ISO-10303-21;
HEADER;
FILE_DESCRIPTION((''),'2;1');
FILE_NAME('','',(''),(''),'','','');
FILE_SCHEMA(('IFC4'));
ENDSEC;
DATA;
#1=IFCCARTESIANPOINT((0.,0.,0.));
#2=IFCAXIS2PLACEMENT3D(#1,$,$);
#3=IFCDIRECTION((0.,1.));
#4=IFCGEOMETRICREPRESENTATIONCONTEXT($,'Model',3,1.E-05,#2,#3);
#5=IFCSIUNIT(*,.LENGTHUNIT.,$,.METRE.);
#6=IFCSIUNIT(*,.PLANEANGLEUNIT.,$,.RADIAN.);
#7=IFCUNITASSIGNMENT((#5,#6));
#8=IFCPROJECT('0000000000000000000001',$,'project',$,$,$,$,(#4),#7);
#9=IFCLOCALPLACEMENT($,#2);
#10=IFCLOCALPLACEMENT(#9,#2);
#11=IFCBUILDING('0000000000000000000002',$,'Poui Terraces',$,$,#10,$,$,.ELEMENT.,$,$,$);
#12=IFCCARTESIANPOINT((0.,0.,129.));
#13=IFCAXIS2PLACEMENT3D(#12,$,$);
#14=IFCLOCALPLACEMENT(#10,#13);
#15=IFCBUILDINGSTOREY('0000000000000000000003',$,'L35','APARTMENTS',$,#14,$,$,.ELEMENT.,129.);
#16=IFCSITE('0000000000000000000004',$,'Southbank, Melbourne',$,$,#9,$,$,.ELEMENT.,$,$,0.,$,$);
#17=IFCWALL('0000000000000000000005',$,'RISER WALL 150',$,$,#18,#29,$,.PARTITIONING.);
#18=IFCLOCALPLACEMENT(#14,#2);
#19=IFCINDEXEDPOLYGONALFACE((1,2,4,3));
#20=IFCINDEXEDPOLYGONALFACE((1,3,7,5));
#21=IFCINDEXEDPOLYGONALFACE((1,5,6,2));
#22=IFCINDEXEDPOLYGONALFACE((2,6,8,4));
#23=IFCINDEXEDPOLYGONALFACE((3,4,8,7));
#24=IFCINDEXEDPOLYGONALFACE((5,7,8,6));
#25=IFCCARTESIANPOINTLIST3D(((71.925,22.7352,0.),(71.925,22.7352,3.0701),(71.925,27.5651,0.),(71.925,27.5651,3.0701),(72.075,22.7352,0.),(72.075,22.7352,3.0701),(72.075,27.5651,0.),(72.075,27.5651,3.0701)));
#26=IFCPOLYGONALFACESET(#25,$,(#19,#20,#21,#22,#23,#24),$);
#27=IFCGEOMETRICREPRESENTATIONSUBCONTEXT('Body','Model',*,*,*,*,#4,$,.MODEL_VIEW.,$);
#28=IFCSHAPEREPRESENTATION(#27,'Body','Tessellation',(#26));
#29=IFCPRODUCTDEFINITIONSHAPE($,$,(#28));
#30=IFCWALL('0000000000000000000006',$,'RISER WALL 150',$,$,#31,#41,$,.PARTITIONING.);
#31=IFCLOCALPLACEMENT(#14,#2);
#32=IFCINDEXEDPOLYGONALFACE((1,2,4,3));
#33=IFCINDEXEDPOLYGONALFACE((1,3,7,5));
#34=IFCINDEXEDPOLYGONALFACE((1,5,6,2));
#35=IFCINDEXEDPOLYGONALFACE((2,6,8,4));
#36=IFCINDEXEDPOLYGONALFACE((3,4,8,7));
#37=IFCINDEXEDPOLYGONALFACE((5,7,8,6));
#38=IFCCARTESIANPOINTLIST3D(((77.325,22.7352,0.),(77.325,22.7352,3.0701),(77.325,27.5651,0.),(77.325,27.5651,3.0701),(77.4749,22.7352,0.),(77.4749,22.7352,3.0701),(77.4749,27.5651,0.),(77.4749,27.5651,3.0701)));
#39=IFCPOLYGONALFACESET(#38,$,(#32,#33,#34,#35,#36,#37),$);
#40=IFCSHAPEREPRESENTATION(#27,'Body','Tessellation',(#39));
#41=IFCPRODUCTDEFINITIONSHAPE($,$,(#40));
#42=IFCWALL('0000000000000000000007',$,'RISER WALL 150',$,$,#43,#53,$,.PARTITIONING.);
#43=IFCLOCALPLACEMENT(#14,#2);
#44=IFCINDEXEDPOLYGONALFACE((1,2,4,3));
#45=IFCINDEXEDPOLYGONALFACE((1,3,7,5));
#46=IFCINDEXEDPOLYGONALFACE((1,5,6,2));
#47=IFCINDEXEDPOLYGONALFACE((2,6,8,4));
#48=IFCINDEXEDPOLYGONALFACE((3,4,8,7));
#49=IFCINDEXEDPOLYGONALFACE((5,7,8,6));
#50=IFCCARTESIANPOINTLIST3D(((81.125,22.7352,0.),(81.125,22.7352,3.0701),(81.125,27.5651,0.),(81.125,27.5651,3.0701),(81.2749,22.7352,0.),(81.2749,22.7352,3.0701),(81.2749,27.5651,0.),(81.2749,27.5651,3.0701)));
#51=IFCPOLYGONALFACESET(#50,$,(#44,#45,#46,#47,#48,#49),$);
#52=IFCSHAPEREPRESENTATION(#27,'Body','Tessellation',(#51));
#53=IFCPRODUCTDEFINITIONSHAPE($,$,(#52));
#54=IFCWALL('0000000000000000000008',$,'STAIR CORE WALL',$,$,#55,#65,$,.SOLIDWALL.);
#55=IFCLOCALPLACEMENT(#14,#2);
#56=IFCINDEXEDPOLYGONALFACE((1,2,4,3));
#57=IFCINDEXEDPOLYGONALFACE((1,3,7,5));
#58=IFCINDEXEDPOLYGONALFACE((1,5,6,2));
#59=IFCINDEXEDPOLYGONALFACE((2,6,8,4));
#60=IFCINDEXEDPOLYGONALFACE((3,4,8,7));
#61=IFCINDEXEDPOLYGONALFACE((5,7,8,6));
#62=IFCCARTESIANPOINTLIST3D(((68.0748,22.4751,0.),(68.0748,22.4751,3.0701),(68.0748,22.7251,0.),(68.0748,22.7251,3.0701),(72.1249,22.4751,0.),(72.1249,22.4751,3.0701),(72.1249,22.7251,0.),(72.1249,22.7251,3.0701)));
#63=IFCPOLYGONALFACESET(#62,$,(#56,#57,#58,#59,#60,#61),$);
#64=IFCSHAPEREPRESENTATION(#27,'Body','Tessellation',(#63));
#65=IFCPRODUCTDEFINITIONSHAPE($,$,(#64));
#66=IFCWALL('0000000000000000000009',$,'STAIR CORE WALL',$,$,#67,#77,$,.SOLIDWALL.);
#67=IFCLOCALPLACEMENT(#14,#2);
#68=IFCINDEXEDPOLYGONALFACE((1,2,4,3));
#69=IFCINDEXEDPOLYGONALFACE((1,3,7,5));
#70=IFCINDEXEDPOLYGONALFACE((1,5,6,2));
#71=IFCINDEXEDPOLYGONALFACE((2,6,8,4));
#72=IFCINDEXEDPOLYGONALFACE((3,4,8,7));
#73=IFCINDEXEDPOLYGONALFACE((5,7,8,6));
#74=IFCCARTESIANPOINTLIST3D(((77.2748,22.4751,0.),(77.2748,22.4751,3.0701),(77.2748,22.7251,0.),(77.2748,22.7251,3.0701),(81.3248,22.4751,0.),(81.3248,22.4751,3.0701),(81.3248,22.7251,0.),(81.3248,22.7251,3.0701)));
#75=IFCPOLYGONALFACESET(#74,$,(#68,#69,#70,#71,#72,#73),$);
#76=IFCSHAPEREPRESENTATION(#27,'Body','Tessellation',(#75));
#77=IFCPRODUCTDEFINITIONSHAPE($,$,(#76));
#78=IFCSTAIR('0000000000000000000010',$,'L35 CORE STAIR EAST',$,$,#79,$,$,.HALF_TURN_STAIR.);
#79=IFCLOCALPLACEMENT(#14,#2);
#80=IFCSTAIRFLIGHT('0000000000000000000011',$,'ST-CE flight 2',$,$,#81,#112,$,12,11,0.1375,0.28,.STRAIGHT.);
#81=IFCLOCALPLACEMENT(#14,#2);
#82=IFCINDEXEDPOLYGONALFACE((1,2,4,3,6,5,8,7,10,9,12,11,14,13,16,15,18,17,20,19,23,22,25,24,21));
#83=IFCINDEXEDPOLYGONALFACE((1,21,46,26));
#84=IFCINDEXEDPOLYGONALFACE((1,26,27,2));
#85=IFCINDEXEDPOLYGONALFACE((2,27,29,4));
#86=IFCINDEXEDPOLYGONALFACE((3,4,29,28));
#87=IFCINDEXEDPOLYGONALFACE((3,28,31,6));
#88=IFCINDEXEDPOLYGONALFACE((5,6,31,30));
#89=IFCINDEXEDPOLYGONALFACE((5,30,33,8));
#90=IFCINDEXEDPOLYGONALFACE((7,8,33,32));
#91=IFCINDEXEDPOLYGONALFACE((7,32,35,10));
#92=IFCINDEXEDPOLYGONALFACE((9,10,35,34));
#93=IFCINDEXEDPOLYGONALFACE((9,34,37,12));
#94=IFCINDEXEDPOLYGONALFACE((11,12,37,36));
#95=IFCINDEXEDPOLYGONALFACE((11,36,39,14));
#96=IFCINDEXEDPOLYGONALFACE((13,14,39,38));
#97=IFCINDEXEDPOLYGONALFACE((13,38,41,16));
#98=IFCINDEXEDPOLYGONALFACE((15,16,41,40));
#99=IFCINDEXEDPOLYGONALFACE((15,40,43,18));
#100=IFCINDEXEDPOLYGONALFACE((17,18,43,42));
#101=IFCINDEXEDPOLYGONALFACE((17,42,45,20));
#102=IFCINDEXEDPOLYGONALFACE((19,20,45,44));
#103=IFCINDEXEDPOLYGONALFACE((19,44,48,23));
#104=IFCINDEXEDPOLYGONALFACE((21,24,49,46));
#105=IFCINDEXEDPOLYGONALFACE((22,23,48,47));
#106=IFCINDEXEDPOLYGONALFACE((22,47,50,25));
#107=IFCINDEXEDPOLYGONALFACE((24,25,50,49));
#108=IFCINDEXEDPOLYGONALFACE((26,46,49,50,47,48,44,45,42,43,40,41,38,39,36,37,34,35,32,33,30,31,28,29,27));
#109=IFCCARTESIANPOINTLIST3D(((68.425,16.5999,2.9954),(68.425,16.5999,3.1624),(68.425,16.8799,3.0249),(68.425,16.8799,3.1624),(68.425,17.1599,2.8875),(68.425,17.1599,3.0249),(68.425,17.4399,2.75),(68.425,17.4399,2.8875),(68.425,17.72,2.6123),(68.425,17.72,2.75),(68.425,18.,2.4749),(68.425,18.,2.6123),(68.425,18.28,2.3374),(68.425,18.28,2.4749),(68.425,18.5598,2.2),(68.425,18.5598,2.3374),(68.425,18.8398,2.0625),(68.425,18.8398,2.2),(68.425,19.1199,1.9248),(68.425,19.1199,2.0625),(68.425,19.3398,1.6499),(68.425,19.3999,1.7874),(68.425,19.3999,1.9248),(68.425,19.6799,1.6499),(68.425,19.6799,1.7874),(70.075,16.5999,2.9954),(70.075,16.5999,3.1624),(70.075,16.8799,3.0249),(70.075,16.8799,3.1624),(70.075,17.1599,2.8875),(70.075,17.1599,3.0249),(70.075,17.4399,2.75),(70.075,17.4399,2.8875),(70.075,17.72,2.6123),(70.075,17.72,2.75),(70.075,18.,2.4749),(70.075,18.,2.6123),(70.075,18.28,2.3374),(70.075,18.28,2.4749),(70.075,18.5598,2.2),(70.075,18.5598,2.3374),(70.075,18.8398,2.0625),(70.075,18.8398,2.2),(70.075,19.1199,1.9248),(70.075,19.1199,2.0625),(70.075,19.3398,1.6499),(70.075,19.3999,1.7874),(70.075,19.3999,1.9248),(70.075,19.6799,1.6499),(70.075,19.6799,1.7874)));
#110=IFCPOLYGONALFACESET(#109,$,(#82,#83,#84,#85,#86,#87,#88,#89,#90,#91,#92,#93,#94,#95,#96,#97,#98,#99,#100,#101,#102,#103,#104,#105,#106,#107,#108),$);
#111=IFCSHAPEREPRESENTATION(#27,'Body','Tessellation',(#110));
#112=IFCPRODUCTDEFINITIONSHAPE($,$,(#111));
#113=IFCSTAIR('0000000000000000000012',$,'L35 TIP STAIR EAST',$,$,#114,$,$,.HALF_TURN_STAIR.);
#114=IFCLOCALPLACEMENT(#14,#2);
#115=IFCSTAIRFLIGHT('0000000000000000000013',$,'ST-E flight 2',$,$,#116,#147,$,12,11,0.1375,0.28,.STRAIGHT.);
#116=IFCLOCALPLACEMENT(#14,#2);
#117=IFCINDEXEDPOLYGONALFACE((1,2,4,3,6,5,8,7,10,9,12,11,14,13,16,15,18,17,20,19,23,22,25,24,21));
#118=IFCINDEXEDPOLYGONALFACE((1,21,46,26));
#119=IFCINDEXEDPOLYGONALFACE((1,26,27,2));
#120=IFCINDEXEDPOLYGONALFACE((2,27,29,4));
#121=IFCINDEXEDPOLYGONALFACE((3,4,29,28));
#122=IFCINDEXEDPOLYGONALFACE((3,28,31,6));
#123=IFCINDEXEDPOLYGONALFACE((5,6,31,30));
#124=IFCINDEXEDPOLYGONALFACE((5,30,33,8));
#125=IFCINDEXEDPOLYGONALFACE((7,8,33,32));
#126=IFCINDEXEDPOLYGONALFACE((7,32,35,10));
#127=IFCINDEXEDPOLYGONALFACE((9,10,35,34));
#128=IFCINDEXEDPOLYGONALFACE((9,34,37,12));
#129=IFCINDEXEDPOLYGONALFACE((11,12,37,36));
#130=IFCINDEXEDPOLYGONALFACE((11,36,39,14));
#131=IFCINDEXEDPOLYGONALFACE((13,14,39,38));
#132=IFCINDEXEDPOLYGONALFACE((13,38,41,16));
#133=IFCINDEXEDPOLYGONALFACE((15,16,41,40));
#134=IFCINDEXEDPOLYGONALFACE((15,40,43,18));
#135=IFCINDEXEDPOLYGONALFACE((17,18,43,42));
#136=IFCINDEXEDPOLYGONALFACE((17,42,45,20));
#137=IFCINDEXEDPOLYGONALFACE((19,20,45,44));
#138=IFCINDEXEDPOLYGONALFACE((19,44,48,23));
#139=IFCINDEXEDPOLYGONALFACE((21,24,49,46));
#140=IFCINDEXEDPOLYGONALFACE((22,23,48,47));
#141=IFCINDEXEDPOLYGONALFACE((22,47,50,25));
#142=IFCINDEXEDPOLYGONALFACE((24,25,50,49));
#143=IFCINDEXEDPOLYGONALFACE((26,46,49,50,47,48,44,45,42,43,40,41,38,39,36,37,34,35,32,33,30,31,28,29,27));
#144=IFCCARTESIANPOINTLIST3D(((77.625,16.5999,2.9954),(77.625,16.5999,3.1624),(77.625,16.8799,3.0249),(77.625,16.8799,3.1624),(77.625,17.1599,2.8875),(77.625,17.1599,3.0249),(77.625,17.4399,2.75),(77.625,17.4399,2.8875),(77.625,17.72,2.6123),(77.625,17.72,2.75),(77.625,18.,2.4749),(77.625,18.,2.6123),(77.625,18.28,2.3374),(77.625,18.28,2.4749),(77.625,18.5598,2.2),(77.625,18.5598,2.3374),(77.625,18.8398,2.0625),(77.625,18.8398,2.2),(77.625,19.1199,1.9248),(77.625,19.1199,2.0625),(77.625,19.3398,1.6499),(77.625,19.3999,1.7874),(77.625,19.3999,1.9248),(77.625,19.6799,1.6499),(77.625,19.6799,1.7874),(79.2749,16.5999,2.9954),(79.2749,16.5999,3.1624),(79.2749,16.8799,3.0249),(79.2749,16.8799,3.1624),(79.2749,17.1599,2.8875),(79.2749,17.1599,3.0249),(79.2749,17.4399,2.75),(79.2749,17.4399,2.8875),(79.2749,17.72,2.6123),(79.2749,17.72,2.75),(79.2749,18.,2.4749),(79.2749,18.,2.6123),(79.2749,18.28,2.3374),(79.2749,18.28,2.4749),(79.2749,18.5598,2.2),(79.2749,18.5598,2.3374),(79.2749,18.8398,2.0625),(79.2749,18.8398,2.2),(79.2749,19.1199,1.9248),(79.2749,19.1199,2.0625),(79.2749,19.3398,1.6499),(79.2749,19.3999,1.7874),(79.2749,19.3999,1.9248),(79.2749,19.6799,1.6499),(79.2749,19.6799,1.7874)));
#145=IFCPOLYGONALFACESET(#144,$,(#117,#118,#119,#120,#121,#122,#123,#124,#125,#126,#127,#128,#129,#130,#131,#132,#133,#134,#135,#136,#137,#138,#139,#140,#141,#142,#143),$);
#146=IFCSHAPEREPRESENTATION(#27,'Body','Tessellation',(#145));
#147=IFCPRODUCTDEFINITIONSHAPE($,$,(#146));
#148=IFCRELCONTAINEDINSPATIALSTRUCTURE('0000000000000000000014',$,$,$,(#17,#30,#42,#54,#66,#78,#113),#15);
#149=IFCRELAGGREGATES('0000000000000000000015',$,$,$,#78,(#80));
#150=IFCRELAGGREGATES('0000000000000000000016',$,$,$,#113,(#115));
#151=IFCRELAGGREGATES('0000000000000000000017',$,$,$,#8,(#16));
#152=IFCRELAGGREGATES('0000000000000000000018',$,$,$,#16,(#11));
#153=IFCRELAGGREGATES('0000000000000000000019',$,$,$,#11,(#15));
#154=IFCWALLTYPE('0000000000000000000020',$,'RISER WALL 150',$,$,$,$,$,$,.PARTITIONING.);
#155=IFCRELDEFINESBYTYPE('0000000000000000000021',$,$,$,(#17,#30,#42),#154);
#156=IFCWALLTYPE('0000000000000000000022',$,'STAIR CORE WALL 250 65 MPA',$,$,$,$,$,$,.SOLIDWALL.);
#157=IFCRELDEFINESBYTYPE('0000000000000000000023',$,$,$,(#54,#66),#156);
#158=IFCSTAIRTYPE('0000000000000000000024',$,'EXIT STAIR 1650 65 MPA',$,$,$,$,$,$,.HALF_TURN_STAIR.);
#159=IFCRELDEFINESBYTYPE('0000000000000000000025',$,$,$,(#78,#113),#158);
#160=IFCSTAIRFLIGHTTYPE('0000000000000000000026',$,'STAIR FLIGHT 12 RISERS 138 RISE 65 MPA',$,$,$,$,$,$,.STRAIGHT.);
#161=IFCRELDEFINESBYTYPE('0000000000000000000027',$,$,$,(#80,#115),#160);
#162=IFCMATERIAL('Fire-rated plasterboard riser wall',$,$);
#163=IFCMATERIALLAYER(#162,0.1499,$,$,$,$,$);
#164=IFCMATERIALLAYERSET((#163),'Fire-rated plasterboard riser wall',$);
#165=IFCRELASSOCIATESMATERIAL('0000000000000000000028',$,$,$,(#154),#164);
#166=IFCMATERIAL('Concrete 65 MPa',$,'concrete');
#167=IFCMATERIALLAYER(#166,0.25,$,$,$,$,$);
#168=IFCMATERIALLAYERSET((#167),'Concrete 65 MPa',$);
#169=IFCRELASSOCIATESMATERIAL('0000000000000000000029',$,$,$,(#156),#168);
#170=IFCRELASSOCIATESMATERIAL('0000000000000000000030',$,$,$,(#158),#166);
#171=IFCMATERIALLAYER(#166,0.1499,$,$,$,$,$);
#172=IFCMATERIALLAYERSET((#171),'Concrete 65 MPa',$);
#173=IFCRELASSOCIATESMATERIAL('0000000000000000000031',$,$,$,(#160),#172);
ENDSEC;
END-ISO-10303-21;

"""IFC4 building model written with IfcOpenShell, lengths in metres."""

from ifc_helpers import new_model, si_unit, direction, frame, frame_2d, origin, place, context, subcontext, project, spatial, polyline, rectangle, outline, extrude, material, layer, layer_set, type_object, element, aggregate, save


model = new_model("IFC4")

# Units and contexts
model_context = context("Model", 3, precision=1e-05, world=origin(), true_north=direction((0.0, 1.0)))
body_context = subcontext(model_context, "Body", "Model", "MODEL_VIEW")
ifc_project = project(units=[si_unit("LENGTHUNIT", "METRE"), si_unit("PLANEANGLEUNIT", "RADIAN")], contexts=[model_context])

# Site, building, storey
site_placement = place(None, origin())
site = spatial("IfcSite", under=ifc_project, at=site_placement, Name="Southbank, Melbourne", CompositionType="ELEMENT", RefElevation=0.0)
building_placement = place(site_placement, origin())
building = spatial("IfcBuilding", under=site, at=building_placement, Name="Poui Terraces", CompositionType="ELEMENT")
storey_placement = place(building_placement, frame((0.0, 0.0, 129.0)))
storey = spatial("IfcBuildingStorey", under=building, at=storey_placement, Name="L35", Description="APARTMENTS", CompositionType="ELEMENT", Elevation=129.0)

# Shared definitions
ifc_material_1 = material(Name="Concrete 65 MPa", Category="concrete")

# Walls
ifc_material_2 = material(Name="Fire-rated plasterboard riser wall")
ifc_layer_1 = layer(ifc_material_2, 0.1499)
ifc_layer_set_1 = layer_set([ifc_layer_1], Name="Fire-rated plasterboard riser wall")
wall_type_1 = type_object("IfcWallType", Name="RISER WALL 150", PredefinedType="PARTITIONING", material=ifc_layer_set_1)
for number, where, z_axis, x_axis, name in (
    (1, (72.0, 22.7351, 0.0), (0.0, 0.0, 1.0), (0.0, 1.0, 0.0), "RISER WALL 150"),
    (2, (77.3999, 22.7351, 0.0), (0.0, 0.0, 1.0), (0.0, 1.0, 0.0), "RISER WALL 150"),
    (3, (81.2, 22.7351, 0.0), (0.0, 0.0, 1.0), (0.0, 1.0, 0.0), "RISER WALL 150"),
):
    element("IfcWall", number, at=place(storey_placement, frame(where, z_axis=z_axis, x_axis=x_axis)), inside=storey, type_object=wall_type_1, Name=name, PredefinedType="PARTITIONING", context=body_context, shape_type="SweptSolid", body=[
        extrude(rectangle(XDim=4.8298, YDim=0.1499, at=frame_2d((2.415, 0.0))), origin(), (0.0, 0.0, 1.0), 3.0701),
    ])
ifc_layer_2 = layer(ifc_material_1, 0.25)
ifc_layer_set_2 = layer_set([ifc_layer_2], Name="Concrete 65 MPa")
wall_type_2 = type_object("IfcWallType", Name="STAIR CORE WALL 250 65 MPA", PredefinedType="SOLIDWALL", material=ifc_layer_set_2)
for number, where, z_axis, x_axis, name in (
    (4, (68.075, 22.6001, 0.0), (0.0, 0.0, 1.0), (1.0, 0.0, 0.0), "STAIR CORE WALL"),
    (5, (77.2749, 22.6001, 0.0), (0.0, 0.0, 1.0), (1.0, 0.0, 0.0), "STAIR CORE WALL"),
):
    element("IfcWall", number, at=place(storey_placement, frame(where, z_axis=z_axis, x_axis=x_axis)), inside=storey, type_object=wall_type_2, Name=name, PredefinedType="SOLIDWALL", context=body_context, shape_type="SweptSolid", body=[
        extrude(rectangle(XDim=4.05, YDim=0.25, at=frame_2d((2.0249, 0.0))), origin(), (0.0, 0.0, 1.0), 3.0701),
    ])

# Stairs, stair flights
stair_type = type_object("IfcStairType", Name="EXIT STAIR 1650 65 MPA", PredefinedType="HALF_TURN_STAIR", material=ifc_material_1)
stair_1_placement = place(storey_placement, origin())
stair_1 = element("IfcStair", 6, at=stair_1_placement, inside=storey, type_object=stair_type, Name="L35 CORE STAIR EAST", PredefinedType="HALF_TURN_STAIR")
ifc_layer_3 = layer(ifc_material_1, 0.1499)
ifc_layer_set_3 = layer_set([ifc_layer_3], Name="Concrete 65 MPa")
stair_flight_type = type_object("IfcStairFlightType", Name="STAIR FLIGHT 12 RISERS 138 RISE 65 MPA", PredefinedType="STRAIGHT", material=ifc_layer_set_3)
stair_flight_1_placement = place(storey_placement, frame((69.25, 19.6799, 1.6499), z_axis=(0.0, 0.0, 1.0), x_axis=(0.0, -1.0, 0.0)))
stair_flight_1 = element("IfcStairFlight", 7, at=stair_flight_1_placement, type_object=stair_flight_type, Name="ST-CE flight 2", NumberOfRisers=12, NumberOfTreads=11, PredefinedType="STRAIGHT", RiserHeight=0.1375, TreadLength=0.28, context=body_context, shape_type="SweptSolid", body=[
    extrude(outline(polyline([(0.0, 0.0), (0.0, 0.1375), (0.28, 0.1375), (0.28, 0.2749), (0.5601, 0.2749), (0.5601, 0.4126), (0.8401, 0.4126), (0.8401, 0.55), (1.1201, 0.55), (1.1201, 0.6875), (1.3999, 0.6875), (1.3999, 0.825), (1.6799, 0.825), (1.6799, 0.9624), (1.96, 0.9624), (1.96, 1.1001), (2.24, 1.1001), (2.24, 1.2375), (2.52, 1.2375), (2.52, 1.375), (2.8, 1.375), (2.8, 1.5125), (3.0801, 1.5125), (3.0801, 1.6499), (3.0801, 1.3455), (0.3401, 0.0), (0.0, 0.0)])), frame((0.0, 0.825, 0.0), z_axis=(0.0, -1.0, 0.0), x_axis=(1.0, 0.0, 0.0)), (0.0, 0.0, 1.0), 1.6499),
])
aggregate(stair_1, [stair_flight_1])
stair_2_placement = place(storey_placement, origin())
stair_2 = element("IfcStair", 8, at=stair_2_placement, inside=storey, type_object=stair_type, Name="L35 TIP STAIR EAST", PredefinedType="HALF_TURN_STAIR")
stair_flight_2_placement = place(storey_placement, frame((78.45, 19.6799, 1.6499), z_axis=(0.0, 0.0, 1.0), x_axis=(0.0, -1.0, 0.0)))
stair_flight_2 = element("IfcStairFlight", 9, at=stair_flight_2_placement, type_object=stair_flight_type, Name="ST-E flight 2", NumberOfRisers=12, NumberOfTreads=11, PredefinedType="STRAIGHT", RiserHeight=0.1375, TreadLength=0.28, context=body_context, shape_type="SweptSolid", body=[
    extrude(outline(polyline([(0.0, 0.0), (0.0, 0.1375), (0.28, 0.1375), (0.28, 0.2749), (0.5601, 0.2749), (0.5601, 0.4126), (0.8401, 0.4126), (0.8401, 0.55), (1.1201, 0.55), (1.1201, 0.6875), (1.3999, 0.6875), (1.3999, 0.825), (1.6799, 0.825), (1.6799, 0.9624), (1.96, 0.9624), (1.96, 1.1001), (2.24, 1.1001), (2.24, 1.2375), (2.52, 1.2375), (2.52, 1.375), (2.8, 1.375), (2.8, 1.5125), (3.0801, 1.5125), (3.0801, 1.6499), (3.0801, 1.3455), (0.3401, 0.0), (0.0, 0.0)])), frame((0.0, 0.825, 0.0), z_axis=(0.0, -1.0, 0.0), x_axis=(1.0, 0.0, 0.0)), (0.0, 0.0, 1.0), 1.6499),
])
aggregate(stair_2, [stair_flight_2])

save(model, "model.ifc")
